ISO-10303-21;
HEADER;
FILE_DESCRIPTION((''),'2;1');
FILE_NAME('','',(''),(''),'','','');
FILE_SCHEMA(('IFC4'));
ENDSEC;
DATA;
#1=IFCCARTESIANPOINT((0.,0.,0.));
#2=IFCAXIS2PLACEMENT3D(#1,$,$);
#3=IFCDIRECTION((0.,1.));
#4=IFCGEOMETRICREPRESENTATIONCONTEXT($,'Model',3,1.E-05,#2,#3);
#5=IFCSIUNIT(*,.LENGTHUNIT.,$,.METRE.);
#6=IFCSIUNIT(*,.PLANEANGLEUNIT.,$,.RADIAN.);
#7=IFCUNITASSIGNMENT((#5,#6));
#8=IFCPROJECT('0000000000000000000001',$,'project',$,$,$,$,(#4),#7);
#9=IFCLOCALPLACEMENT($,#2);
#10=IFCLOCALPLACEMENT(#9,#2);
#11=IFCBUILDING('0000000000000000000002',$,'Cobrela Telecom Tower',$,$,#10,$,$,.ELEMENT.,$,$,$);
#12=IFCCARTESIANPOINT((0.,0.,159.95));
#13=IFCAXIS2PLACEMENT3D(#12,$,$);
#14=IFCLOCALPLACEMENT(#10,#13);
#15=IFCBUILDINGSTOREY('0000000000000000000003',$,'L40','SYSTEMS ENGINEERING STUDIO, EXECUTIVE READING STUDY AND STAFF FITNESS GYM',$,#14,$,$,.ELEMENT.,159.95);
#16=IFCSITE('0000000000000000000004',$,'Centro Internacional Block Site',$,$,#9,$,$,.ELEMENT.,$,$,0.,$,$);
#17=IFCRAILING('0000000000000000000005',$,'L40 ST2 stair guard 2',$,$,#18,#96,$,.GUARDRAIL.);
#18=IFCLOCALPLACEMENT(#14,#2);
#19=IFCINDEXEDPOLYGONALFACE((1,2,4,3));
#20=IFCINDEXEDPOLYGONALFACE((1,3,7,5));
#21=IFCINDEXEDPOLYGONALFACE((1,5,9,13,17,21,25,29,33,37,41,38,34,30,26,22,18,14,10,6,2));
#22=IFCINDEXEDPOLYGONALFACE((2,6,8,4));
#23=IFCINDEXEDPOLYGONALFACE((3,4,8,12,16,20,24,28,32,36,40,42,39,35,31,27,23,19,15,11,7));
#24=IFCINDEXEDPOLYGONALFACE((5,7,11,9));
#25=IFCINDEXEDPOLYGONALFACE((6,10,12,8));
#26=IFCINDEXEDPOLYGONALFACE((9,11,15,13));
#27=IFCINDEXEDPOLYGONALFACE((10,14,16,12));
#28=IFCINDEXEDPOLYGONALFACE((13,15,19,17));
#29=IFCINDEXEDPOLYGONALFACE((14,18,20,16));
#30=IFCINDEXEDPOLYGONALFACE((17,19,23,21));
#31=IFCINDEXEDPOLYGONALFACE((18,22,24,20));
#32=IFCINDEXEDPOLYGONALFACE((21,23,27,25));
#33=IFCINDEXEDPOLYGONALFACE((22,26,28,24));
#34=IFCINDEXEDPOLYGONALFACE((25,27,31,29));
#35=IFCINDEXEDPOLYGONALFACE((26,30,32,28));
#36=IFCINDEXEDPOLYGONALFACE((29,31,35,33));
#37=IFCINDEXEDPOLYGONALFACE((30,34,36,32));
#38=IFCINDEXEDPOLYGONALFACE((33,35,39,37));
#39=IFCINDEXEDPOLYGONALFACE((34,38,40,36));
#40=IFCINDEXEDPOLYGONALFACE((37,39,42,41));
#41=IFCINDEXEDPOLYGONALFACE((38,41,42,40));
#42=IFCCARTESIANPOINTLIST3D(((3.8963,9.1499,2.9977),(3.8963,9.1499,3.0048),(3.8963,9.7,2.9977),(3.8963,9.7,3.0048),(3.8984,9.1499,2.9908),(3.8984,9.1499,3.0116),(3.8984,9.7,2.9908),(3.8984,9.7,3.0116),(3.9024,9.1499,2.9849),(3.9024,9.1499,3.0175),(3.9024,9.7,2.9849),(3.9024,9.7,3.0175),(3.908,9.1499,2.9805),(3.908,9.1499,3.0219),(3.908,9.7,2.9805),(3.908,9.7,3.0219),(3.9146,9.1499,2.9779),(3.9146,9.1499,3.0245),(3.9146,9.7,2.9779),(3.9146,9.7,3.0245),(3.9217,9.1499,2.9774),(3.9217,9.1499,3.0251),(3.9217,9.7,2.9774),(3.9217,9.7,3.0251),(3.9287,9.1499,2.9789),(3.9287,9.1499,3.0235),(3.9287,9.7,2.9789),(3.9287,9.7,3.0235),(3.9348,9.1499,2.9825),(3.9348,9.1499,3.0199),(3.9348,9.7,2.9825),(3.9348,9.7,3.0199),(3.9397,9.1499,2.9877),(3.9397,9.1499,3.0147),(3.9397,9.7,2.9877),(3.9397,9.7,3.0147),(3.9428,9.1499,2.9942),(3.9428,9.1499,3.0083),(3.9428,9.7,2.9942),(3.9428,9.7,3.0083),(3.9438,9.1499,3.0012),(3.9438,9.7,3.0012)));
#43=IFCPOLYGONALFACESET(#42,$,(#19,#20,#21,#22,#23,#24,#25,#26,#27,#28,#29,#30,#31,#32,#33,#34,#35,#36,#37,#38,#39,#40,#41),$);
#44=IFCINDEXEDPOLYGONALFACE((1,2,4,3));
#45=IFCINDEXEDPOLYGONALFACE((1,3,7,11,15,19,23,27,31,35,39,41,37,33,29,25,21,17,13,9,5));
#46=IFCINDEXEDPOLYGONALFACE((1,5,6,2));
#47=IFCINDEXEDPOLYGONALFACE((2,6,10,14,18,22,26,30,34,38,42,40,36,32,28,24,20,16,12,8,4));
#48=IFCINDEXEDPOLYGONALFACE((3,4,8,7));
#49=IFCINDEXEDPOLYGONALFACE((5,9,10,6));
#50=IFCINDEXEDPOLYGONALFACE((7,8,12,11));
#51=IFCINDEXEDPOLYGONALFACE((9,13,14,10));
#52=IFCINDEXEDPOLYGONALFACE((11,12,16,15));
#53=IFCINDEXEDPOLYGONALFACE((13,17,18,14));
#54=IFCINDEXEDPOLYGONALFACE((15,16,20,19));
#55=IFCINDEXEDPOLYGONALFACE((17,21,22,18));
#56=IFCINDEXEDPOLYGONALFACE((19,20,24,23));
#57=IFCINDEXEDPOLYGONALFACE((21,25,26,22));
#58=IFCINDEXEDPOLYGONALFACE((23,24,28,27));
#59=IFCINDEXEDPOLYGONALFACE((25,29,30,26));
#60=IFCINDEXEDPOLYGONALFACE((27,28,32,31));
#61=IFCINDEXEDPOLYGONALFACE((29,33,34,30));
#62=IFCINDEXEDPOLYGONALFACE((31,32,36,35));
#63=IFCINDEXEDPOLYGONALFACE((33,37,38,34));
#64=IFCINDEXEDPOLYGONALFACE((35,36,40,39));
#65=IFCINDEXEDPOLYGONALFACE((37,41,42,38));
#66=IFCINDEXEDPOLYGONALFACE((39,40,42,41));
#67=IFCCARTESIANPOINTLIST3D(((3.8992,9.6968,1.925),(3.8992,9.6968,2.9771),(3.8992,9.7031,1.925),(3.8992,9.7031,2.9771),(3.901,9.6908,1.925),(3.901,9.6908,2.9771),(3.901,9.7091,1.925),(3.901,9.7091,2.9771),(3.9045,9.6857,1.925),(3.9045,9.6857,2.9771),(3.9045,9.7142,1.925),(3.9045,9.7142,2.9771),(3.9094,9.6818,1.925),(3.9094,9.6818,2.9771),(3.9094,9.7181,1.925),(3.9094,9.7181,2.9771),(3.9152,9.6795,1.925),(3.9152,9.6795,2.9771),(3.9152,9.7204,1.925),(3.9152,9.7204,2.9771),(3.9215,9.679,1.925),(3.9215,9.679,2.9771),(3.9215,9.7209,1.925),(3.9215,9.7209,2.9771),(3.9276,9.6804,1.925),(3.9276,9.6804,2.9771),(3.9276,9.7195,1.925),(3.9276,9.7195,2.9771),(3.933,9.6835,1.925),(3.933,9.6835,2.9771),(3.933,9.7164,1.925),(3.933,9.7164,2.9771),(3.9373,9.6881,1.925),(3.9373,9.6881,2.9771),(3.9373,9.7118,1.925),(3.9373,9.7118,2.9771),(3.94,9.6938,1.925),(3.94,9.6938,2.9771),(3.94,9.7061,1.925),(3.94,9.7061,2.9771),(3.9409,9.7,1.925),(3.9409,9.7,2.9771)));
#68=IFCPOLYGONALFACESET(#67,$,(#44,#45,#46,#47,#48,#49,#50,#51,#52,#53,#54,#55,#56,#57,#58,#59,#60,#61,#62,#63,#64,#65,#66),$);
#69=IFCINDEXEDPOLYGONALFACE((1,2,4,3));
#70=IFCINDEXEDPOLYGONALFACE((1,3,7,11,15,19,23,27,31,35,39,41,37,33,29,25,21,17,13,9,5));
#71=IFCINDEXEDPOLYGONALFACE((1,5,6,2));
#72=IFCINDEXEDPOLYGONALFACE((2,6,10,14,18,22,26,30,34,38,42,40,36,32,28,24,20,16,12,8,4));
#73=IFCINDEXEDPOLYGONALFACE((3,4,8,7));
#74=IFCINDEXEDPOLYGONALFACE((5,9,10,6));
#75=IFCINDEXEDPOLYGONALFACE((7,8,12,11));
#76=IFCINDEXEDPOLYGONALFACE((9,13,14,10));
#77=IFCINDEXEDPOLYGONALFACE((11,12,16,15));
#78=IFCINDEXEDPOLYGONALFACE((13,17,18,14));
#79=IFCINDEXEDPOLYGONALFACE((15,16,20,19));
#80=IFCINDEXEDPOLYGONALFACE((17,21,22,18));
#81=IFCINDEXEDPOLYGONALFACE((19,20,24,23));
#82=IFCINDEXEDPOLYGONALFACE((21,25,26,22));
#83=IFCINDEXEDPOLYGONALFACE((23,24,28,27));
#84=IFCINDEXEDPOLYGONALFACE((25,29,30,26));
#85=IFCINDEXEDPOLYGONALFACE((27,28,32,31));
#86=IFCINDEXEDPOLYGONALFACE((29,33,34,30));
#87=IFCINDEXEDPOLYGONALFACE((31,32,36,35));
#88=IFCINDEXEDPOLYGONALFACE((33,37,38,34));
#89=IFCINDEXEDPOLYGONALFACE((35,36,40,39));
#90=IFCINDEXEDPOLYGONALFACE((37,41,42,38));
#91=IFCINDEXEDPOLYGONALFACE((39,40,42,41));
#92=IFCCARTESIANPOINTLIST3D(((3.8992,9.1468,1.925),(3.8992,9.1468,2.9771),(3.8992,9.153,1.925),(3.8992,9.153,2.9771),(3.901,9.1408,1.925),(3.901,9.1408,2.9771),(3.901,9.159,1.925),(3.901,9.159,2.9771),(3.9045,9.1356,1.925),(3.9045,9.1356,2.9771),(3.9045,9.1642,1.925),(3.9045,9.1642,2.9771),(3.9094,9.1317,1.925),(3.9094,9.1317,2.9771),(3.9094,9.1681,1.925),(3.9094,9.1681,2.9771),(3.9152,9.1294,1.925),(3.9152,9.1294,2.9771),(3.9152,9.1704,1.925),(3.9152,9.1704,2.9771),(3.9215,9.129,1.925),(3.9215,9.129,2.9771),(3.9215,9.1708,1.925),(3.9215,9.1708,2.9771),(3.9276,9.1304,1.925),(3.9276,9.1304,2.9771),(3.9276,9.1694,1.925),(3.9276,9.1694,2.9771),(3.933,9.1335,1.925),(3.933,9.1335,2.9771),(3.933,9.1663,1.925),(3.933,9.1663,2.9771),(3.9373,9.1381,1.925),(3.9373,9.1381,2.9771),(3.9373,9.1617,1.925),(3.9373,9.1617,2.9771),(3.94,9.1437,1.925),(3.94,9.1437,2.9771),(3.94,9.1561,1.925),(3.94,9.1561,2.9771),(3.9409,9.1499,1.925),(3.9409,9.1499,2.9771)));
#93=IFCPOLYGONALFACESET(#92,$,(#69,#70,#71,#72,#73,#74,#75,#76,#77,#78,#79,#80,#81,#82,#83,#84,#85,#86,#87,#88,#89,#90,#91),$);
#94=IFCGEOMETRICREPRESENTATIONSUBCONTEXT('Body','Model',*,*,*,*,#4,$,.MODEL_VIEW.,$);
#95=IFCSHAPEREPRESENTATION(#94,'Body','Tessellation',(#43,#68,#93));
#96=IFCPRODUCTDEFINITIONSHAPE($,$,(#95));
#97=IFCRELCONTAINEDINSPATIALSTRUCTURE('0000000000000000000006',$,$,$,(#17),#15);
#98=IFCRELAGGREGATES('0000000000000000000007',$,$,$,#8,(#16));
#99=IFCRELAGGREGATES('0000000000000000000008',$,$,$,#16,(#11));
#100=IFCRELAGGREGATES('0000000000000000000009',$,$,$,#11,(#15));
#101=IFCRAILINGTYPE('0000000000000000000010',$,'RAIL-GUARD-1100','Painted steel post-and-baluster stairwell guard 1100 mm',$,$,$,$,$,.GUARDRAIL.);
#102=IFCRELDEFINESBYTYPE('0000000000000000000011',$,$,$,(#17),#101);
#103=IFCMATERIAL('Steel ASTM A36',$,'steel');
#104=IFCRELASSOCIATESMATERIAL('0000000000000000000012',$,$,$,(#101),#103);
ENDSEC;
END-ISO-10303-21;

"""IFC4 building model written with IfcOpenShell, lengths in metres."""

from ifc_helpers import new_model, si_unit, direction, frame, origin, origin_2d, place, context, subcontext, project, spatial, circle, extrude, material, type_object, element, save


model = new_model("IFC4")

# Units and contexts
model_context = context("Model", 3, precision=1e-05, world=origin(), true_north=direction((0.0, 1.0)))
body_context = subcontext(model_context, "Body", "Model", "MODEL_VIEW")
ifc_project = project(units=[si_unit("LENGTHUNIT", "METRE"), si_unit("PLANEANGLEUNIT", "RADIAN")], contexts=[model_context])

# Site, building, storey
site_placement = place(None, origin())
site = spatial("IfcSite", under=ifc_project, at=site_placement, Name="Centro Internacional Block Site", CompositionType="ELEMENT", RefElevation=0.0)
building_placement = place(site_placement, origin())
building = spatial("IfcBuilding", under=site, at=building_placement, Name="Cobrela Telecom Tower", CompositionType="ELEMENT")
storey_placement = place(building_placement, frame((0.0, 0.0, 159.95)))
storey = spatial("IfcBuildingStorey", under=building, at=storey_placement, Name="L40", Description="SYSTEMS ENGINEERING STUDIO, EXECUTIVE READING STUDY AND STAFF FITNESS GYM", CompositionType="ELEMENT", Elevation=159.95)

# Railing
ifc_material_1 = material(Name="Steel ASTM A36", Category="steel")
railing_type_1 = type_object("IfcRailingType", Name="RAIL-GUARD-1100", Description="Painted steel post-and-baluster stairwell guard 1100 mm", PredefinedType="GUARDRAIL", material=ifc_material_1)
railing_1_placement = place(storey_placement, frame((3.9199, 9.7, 1.925)))
element("IfcRailing", 1, at=railing_1_placement, inside=storey, type_object=railing_type_1, Name="L40 ST2 stair guard 2", PredefinedType="GUARDRAIL", context=body_context, shape_type="SweptSolid", body=[
    extrude(circle(Radius=0.0239, at=origin_2d()), frame((0.0, 0.0, 1.0762), z_axis=(0.0, -1.0, 0.0), x_axis=(1.0, 0.0, 0.0)), (0.0, 0.0, 1.0), 0.55),
    extrude(circle(Radius=0.021, at=origin_2d()), origin(), (0.0, 0.0, 1.0), 1.052),
    extrude(circle(Radius=0.021, at=origin_2d()), frame((0.0, -0.55, 0.0)), (0.0, 0.0, 1.0), 1.052),
])

save(model, "model.ifc")
